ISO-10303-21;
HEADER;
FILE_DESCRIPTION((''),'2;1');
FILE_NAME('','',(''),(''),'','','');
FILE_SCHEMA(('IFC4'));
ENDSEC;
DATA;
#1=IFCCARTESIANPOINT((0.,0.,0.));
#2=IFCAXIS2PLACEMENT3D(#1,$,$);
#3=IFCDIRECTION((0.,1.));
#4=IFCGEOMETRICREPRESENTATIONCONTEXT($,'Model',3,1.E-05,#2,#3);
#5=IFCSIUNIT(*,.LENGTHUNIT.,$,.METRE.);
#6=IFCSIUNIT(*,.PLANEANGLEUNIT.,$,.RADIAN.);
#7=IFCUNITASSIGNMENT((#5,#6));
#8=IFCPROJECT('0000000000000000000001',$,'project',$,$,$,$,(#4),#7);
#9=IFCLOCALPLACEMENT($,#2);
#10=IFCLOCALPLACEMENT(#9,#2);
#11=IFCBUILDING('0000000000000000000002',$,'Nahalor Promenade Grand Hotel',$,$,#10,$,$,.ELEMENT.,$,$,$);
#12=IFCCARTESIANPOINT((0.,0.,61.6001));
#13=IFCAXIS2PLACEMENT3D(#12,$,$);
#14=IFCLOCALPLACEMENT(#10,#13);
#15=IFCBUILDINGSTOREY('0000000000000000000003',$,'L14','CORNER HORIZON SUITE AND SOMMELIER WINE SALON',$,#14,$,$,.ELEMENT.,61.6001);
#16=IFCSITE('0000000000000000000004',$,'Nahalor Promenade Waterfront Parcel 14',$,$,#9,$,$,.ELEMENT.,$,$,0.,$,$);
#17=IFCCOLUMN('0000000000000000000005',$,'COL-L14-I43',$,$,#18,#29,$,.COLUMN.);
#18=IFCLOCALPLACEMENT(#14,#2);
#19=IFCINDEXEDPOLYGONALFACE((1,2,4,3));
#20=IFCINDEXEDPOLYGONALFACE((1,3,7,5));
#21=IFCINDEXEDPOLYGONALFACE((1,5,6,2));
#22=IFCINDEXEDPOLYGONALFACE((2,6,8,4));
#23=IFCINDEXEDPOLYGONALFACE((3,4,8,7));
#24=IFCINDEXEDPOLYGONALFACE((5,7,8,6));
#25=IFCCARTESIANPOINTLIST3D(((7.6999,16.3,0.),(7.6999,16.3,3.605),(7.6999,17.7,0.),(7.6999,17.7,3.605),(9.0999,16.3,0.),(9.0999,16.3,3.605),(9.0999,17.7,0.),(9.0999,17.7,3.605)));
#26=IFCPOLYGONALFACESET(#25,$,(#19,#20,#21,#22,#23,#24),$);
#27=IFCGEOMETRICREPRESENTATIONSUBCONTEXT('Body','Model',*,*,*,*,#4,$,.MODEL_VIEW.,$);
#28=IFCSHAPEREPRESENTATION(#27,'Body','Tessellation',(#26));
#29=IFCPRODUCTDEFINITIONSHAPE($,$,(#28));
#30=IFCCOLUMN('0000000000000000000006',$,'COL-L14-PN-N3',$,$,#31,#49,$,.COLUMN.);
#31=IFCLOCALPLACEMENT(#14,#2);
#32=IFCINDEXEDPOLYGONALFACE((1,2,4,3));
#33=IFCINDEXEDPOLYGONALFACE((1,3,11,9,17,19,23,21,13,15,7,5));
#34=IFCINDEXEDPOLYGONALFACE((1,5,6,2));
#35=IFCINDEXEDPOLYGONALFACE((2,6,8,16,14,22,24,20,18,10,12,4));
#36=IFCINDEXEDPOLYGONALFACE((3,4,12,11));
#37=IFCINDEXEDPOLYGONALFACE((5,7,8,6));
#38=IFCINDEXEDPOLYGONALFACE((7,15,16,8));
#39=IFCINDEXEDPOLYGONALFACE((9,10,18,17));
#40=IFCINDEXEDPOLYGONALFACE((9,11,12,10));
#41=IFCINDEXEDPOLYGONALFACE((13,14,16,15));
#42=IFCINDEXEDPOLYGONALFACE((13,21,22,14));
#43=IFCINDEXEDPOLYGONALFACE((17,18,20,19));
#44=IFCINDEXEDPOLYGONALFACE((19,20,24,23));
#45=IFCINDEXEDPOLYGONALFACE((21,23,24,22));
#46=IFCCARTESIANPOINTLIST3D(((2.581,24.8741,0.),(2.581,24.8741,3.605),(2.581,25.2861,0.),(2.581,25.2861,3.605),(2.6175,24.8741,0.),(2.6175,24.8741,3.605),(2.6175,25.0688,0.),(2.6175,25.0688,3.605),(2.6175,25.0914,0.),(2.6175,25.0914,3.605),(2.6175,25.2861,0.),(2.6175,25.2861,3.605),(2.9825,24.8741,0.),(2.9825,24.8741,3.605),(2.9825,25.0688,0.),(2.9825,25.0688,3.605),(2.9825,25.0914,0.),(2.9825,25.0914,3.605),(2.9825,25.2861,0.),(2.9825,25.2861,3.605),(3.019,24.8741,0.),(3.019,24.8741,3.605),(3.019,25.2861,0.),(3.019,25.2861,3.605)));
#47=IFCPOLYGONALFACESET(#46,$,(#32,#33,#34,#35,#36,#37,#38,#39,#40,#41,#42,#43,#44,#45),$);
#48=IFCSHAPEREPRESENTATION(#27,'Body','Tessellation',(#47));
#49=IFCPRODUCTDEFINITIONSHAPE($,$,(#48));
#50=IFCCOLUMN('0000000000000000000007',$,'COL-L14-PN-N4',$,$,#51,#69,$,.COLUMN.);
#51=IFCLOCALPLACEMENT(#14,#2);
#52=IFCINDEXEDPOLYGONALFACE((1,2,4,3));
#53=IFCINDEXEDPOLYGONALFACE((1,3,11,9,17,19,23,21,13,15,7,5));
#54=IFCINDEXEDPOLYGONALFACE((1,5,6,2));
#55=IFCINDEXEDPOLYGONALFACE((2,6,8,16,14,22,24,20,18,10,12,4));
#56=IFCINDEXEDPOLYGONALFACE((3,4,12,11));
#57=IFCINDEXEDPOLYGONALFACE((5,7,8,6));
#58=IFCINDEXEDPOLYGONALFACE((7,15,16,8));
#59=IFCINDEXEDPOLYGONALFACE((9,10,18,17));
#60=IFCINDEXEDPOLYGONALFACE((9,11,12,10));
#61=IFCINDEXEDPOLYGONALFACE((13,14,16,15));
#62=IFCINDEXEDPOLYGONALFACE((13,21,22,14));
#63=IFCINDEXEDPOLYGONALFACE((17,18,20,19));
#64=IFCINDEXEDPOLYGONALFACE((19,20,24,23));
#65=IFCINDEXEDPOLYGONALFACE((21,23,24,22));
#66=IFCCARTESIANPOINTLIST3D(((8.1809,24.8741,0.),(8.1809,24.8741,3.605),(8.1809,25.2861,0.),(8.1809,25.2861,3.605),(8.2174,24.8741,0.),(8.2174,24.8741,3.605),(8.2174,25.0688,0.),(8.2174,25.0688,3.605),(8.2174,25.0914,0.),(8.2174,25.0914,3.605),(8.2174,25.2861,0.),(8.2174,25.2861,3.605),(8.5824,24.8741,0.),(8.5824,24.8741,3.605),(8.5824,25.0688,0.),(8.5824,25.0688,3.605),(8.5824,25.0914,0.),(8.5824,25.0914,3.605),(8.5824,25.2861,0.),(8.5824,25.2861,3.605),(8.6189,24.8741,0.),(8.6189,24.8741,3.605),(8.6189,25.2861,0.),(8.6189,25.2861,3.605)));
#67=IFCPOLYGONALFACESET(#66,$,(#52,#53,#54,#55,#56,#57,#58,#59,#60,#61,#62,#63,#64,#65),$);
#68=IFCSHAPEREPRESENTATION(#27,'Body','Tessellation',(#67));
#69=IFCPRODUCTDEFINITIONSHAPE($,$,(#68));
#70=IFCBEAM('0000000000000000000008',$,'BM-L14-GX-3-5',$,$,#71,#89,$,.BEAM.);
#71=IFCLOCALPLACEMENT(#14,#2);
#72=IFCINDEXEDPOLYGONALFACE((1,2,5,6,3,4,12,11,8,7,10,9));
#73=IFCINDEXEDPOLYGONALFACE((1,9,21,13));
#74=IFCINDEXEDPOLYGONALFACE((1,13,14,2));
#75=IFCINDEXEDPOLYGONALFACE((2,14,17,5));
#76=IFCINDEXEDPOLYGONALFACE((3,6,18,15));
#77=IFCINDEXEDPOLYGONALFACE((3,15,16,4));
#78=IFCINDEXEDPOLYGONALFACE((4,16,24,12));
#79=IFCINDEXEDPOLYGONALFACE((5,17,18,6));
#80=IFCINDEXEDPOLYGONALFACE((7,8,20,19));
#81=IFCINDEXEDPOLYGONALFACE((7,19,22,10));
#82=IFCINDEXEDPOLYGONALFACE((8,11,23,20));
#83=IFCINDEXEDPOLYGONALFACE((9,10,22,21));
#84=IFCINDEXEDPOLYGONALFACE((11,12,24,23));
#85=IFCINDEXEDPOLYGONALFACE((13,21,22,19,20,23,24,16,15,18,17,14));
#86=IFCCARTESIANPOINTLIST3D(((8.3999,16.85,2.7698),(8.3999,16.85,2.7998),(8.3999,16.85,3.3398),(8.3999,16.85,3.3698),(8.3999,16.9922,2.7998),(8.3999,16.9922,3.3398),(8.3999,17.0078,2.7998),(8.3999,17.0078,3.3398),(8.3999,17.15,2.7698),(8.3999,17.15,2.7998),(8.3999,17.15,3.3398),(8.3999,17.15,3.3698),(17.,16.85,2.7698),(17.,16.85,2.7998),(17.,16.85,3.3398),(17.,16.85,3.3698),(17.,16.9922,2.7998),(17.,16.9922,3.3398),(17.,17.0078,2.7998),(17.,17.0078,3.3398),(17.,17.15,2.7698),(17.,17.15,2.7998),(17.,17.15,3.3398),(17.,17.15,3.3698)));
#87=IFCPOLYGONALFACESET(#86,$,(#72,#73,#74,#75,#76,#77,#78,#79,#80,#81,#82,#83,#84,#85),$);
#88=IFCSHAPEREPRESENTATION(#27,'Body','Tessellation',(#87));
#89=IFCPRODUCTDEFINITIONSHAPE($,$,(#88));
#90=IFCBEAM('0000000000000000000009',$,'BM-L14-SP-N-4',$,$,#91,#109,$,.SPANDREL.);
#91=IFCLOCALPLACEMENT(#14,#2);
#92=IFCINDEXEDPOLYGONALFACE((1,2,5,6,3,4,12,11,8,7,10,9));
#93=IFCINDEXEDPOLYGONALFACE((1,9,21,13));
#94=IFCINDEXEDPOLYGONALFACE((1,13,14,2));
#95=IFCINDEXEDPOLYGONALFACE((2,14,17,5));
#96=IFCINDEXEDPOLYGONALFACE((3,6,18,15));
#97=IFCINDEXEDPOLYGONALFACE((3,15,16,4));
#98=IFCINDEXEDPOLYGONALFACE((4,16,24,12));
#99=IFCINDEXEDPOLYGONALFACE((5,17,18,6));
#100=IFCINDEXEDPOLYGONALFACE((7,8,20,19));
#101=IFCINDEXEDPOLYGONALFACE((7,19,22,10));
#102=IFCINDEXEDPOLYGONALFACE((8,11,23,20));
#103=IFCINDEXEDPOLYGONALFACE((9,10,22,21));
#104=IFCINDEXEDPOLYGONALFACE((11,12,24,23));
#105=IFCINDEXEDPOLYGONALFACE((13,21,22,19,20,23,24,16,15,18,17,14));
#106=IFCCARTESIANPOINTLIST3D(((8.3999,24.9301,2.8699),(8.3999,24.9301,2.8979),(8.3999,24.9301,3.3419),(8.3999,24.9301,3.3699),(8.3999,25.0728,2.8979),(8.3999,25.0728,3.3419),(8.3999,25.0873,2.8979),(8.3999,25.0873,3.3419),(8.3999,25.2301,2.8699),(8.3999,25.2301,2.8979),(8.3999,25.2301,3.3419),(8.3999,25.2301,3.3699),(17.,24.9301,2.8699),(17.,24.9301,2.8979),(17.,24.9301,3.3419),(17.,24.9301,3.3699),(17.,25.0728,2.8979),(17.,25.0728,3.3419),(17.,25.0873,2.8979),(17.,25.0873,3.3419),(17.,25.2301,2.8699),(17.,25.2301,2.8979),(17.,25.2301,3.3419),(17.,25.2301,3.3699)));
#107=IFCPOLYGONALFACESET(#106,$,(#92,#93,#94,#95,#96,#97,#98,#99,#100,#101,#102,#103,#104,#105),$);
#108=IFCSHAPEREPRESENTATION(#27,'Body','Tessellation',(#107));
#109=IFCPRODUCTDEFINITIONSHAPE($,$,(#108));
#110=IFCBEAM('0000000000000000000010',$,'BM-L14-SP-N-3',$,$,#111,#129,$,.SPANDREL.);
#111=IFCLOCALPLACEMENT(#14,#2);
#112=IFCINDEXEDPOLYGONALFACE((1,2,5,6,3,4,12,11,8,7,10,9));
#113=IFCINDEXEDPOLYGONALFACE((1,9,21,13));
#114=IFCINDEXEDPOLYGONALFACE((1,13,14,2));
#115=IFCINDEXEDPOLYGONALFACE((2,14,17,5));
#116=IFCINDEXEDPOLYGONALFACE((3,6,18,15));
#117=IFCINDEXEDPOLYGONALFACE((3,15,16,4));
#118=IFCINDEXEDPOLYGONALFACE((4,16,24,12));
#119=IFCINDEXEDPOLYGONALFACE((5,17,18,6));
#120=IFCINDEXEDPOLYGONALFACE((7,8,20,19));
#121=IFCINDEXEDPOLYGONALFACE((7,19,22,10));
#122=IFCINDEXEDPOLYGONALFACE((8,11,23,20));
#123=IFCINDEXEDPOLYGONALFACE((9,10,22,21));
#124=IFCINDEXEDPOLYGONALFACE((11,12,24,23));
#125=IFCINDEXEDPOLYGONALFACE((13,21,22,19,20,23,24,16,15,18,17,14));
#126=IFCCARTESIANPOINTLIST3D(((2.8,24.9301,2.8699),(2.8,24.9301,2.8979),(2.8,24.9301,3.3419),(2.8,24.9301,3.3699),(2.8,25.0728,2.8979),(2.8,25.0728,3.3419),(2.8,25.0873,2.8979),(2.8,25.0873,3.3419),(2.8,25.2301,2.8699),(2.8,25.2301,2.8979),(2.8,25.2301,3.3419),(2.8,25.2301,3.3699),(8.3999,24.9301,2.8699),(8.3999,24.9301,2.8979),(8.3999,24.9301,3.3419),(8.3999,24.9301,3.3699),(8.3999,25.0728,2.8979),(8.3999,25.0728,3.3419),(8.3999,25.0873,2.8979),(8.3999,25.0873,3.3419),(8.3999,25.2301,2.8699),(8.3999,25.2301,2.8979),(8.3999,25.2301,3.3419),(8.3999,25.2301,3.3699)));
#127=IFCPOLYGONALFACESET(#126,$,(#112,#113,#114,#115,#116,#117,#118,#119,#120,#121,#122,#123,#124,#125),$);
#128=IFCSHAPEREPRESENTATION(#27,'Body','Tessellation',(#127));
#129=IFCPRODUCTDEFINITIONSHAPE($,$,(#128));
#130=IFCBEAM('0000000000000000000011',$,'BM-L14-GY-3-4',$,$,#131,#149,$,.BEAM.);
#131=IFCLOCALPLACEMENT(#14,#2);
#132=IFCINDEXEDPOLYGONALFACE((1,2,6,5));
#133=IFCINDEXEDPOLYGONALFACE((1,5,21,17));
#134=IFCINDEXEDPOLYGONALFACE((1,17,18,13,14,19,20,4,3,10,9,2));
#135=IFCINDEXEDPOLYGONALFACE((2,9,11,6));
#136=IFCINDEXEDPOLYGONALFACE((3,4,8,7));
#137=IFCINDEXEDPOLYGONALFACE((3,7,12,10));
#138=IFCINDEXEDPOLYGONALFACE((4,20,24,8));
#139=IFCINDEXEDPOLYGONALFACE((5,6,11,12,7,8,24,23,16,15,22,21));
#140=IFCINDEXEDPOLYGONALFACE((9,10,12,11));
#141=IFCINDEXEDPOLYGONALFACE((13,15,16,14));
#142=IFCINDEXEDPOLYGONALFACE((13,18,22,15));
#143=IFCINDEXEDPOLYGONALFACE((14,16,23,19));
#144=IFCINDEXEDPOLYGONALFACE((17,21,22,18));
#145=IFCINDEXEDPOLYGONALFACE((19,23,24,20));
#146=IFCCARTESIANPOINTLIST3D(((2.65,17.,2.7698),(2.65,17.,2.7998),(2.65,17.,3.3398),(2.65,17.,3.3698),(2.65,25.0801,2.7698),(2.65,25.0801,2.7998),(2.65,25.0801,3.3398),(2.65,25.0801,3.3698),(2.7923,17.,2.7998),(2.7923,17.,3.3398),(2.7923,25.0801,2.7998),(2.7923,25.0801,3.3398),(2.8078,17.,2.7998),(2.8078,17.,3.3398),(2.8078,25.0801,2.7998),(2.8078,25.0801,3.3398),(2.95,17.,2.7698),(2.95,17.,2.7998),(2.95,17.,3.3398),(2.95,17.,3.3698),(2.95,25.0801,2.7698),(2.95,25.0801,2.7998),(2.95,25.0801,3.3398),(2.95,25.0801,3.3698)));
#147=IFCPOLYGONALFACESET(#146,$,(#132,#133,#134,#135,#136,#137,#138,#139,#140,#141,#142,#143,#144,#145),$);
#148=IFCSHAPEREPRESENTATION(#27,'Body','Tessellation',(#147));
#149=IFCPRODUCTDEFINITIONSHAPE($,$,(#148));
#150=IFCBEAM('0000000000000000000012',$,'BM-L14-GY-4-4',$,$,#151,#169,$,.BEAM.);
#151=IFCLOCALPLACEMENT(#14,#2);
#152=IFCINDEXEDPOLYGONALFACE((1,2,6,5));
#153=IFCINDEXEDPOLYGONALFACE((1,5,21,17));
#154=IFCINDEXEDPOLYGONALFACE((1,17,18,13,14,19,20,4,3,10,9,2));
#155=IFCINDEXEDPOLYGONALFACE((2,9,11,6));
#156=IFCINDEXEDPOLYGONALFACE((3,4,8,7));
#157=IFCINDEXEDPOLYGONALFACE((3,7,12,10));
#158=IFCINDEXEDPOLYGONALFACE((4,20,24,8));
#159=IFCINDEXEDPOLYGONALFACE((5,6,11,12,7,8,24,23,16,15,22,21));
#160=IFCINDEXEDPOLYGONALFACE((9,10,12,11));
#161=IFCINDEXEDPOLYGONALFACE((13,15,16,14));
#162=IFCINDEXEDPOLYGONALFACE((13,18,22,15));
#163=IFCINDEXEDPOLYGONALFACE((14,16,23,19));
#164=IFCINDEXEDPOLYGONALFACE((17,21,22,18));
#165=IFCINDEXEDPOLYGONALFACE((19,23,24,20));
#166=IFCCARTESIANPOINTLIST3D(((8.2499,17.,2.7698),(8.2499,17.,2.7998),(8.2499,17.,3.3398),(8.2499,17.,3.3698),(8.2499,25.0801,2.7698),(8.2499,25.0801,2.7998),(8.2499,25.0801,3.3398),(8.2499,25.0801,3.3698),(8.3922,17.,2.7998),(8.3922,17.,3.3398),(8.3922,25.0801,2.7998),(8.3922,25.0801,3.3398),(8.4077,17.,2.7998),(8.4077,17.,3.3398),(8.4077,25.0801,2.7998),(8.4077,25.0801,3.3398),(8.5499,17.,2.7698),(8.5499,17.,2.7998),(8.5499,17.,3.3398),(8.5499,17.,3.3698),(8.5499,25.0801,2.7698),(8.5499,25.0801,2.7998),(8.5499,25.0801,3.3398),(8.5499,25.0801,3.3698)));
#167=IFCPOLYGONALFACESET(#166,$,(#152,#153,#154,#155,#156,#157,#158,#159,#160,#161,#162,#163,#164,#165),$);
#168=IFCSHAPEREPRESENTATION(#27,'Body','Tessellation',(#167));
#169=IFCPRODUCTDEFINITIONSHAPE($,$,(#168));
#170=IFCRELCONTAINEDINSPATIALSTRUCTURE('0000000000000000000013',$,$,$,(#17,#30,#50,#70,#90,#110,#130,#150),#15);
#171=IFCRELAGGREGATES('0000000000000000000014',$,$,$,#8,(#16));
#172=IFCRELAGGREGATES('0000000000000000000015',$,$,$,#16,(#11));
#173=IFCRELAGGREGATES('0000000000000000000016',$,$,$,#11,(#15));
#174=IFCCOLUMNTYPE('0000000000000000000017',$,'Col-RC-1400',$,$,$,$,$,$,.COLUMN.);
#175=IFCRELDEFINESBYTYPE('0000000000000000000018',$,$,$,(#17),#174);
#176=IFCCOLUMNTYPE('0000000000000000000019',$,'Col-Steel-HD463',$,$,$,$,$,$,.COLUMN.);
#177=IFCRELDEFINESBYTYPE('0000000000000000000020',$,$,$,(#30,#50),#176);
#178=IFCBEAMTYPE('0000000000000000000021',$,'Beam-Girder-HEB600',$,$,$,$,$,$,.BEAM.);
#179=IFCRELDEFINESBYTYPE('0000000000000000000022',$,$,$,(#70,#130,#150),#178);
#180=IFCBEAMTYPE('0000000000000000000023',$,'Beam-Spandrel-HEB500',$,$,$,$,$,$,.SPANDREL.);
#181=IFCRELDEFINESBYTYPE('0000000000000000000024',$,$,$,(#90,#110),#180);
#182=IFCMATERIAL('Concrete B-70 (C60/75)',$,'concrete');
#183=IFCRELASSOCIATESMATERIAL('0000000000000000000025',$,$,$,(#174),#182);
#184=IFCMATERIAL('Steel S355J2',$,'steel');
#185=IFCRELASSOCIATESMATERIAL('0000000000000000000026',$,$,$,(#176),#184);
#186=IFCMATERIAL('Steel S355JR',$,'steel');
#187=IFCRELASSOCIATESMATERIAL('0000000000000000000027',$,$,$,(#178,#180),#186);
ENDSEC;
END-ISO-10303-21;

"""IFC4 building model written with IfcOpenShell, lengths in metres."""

from ifc_helpers import new_model, si_unit, direction, frame, origin, origin_2d, place, context, subcontext, project, spatial, rectangle, i_section, extrude, source, transform, mapped, material, material_profile, profile_set, type_object, element, save


model = new_model("IFC4")

# Units and contexts
model_context = context("Model", 3, precision=1e-05, world=origin(), true_north=direction((0.0, 1.0)))
body_context = subcontext(model_context, "Body", "Model", "MODEL_VIEW")
ifc_project = project(units=[si_unit("LENGTHUNIT", "METRE"), si_unit("PLANEANGLEUNIT", "RADIAN")], contexts=[model_context])

# Site, building, storey
site_placement = place(None, origin())
site = spatial("IfcSite", under=ifc_project, at=site_placement, Name="Nahalor Promenade Waterfront Parcel 14", CompositionType="ELEMENT", RefElevation=0.0)
building_placement = place(site_placement, origin())
building = spatial("IfcBuilding", under=site, at=building_placement, Name="Nahalor Promenade Grand Hotel", CompositionType="ELEMENT")
storey_placement = place(building_placement, frame((0.0, 0.0, 61.6001)))
storey = spatial("IfcBuildingStorey", under=building, at=storey_placement, Name="L14", Description="CORNER HORIZON SUITE AND SOMMELIER WINE SALON", CompositionType="ELEMENT", Elevation=61.6001)

# Columns
ifc_material_1 = material(Name="Concrete B-70 (C60/75)", Category="concrete")
ifc_material_profile_1 = material_profile(ifc_material_1, rectangle(XDim=1.4, YDim=1.4, at=origin_2d()), Name="RC 1400x1400")
ifc_profile_set_1 = profile_set([ifc_material_profile_1], Name="Concrete B-70 (C60/75)")
column_type_1 = type_object("IfcColumnType", Name="Col-RC-1400", PredefinedType="COLUMN", material=ifc_profile_set_1)
shared_shape_1 = source(origin(), body_context, "Body", "SweptSolid", [
    extrude(rectangle(XDim=1.4, YDim=1.4, at=origin_2d()), origin(), (0.0, 0.0, 1.0), 3.605),
])
column_placement = place(storey_placement, frame((8.3999, 17.0, 0.0), z_axis=(0.0, 0.0, 1.0), x_axis=(1.0, 0.0, 0.0)))
element("IfcColumn", 1, at=column_placement, inside=storey, type_object=column_type_1, Name="COL-L14-I43", PredefinedType="COLUMN", context=body_context, shape_type="MappedRepresentation", body=[
    mapped(shared_shape_1, transform((0.0, 0.0, 0.0), scale=1.0)),
])
ifc_material_2 = material(Name="Steel S355J2", Category="steel")
ifc_material_profile_2 = material_profile(ifc_material_2, i_section(OverallWidth=0.412, OverallDepth=0.438, WebThickness=0.0226, FlangeThickness=0.0365, at=origin_2d()), Name="HD 400x463")
ifc_profile_set_2 = profile_set([ifc_material_profile_2], Name="Steel S355J2")
column_type_2 = type_object("IfcColumnType", Name="Col-Steel-HD463", PredefinedType="COLUMN", material=ifc_profile_set_2)
shared_shape_2 = source(origin(), body_context, "Body", "SweptSolid", [
    extrude(i_section(OverallWidth=0.412, OverallDepth=0.438, WebThickness=0.0226, FlangeThickness=0.0365, at=origin_2d()), origin(), (0.0, 0.0, 1.0), 3.605),
])
for number, where, z_axis, x_axis, name in (
    (2, (2.8, 25.0801, 0.0), (0.0, 0.0, 1.0), (0.0, 1.0, 0.0), "COL-L14-PN-N3"),
    (3, (8.3999, 25.0801, 0.0), (0.0, 0.0, 1.0), (0.0, 1.0, 0.0), "COL-L14-PN-N4"),
):
    element("IfcColumn", number, at=place(storey_placement, frame(where, z_axis=z_axis, x_axis=x_axis)), inside=storey, type_object=column_type_2, Name=name, PredefinedType="COLUMN", context=body_context, shape_type="MappedRepresentation", body=[
        mapped(shared_shape_2, transform((0.0, 0.0, 0.0), scale=1.0)),
    ])

# Beams
ifc_material_3 = material(Name="Steel S355JR", Category="steel")
ifc_material_profile_3 = material_profile(ifc_material_3, i_section(OverallWidth=0.3, OverallDepth=0.6, WebThickness=0.0155, FlangeThickness=0.03, at=origin_2d()), Name="HEB 600")
ifc_profile_set_3 = profile_set([ifc_material_profile_3], Name="Steel S355JR")
beam_type_1 = type_object("IfcBeamType", Name="Beam-Girder-HEB600", PredefinedType="BEAM", material=ifc_profile_set_3)
shared_shape_3 = source(origin(), body_context, "Body", "SweptSolid", [
    extrude(i_section(OverallWidth=0.3, OverallDepth=0.6, WebThickness=0.0155, FlangeThickness=0.03, at=origin_2d()), origin(), (0.0, 0.0, 1.0), 8.6001),
])
beam_1_placement = place(storey_placement, frame((8.3999, 17.0, 3.0698), z_axis=(1.0, 0.0, 0.0), x_axis=(0.0, 1.0, 0.0)))
element("IfcBeam", 4, at=beam_1_placement, inside=storey, type_object=beam_type_1, Name="BM-L14-GX-3-5", PredefinedType="BEAM", context=body_context, shape_type="MappedRepresentation", body=[
    mapped(shared_shape_3, transform((0.0, 0.0, 0.0), scale=1.0)),
])
ifc_material_profile_4 = material_profile(ifc_material_3, i_section(OverallWidth=0.3, OverallDepth=0.5, WebThickness=0.0145, FlangeThickness=0.028, at=origin_2d()), Name="HEB 500")
ifc_profile_set_4 = profile_set([ifc_material_profile_4], Name="Steel S355JR")
beam_type_2 = type_object("IfcBeamType", Name="Beam-Spandrel-HEB500", PredefinedType="SPANDREL", material=ifc_profile_set_4)
shared_shape_4 = source(origin(), body_context, "Body", "SweptSolid", [
    extrude(i_section(OverallWidth=0.3, OverallDepth=0.5, WebThickness=0.0145, FlangeThickness=0.028, at=origin_2d()), origin(), (0.0, 0.0, 1.0), 8.6001),
])
beam_2_placement = place(storey_placement, frame((8.3999, 25.0801, 3.1199), z_axis=(1.0, 0.0, 0.0), x_axis=(0.0, 1.0, 0.0)))
element("IfcBeam", 5, at=beam_2_placement, inside=storey, type_object=beam_type_2, Name="BM-L14-SP-N-4", PredefinedType="SPANDREL", context=body_context, shape_type="MappedRepresentation", body=[
    mapped(shared_shape_4, transform((0.0, 0.0, 0.0), scale=1.0)),
])
shared_shape_5 = source(origin(), body_context, "Body", "SweptSolid", [
    extrude(i_section(OverallWidth=0.3, OverallDepth=0.5, WebThickness=0.0145, FlangeThickness=0.028, at=origin_2d()), origin(), (0.0, 0.0, 1.0), 5.5999),
])
beam_3_placement = place(storey_placement, frame((2.8, 25.0801, 3.1199), z_axis=(1.0, 0.0, 0.0), x_axis=(0.0, 1.0, 0.0)))
element("IfcBeam", 6, at=beam_3_placement, inside=storey, type_object=beam_type_2, Name="BM-L14-SP-N-3", PredefinedType="SPANDREL", context=body_context, shape_type="MappedRepresentation", body=[
    mapped(shared_shape_5, transform((0.0, 0.0, 0.0), scale=1.0)),
])
shared_shape_6 = source(origin(), body_context, "Body", "SweptSolid", [
    extrude(i_section(OverallWidth=0.3, OverallDepth=0.6, WebThickness=0.0155, FlangeThickness=0.03, at=origin_2d()), origin(), (0.0, 0.0, 1.0), 8.0801),
])
for number, where, z_axis, x_axis, name in (
    (7, (2.8, 17.0, 3.0698), (0.0, 1.0, 0.0), (-1.0, 0.0, 0.0), "BM-L14-GY-3-4"),
    (8, (8.3999, 17.0, 3.0698), (0.0, 1.0, 0.0), (-1.0, 0.0, 0.0), "BM-L14-GY-4-4"),
):
    element("IfcBeam", number, at=place(storey_placement, frame(where, z_axis=z_axis, x_axis=x_axis)), inside=storey, type_object=beam_type_1, Name=name, PredefinedType="BEAM", context=body_context, shape_type="MappedRepresentation", body=[
        mapped(shared_shape_6, transform((0.0, 0.0, 0.0), scale=1.0)),
    ])

save(model, "model.ifc")
